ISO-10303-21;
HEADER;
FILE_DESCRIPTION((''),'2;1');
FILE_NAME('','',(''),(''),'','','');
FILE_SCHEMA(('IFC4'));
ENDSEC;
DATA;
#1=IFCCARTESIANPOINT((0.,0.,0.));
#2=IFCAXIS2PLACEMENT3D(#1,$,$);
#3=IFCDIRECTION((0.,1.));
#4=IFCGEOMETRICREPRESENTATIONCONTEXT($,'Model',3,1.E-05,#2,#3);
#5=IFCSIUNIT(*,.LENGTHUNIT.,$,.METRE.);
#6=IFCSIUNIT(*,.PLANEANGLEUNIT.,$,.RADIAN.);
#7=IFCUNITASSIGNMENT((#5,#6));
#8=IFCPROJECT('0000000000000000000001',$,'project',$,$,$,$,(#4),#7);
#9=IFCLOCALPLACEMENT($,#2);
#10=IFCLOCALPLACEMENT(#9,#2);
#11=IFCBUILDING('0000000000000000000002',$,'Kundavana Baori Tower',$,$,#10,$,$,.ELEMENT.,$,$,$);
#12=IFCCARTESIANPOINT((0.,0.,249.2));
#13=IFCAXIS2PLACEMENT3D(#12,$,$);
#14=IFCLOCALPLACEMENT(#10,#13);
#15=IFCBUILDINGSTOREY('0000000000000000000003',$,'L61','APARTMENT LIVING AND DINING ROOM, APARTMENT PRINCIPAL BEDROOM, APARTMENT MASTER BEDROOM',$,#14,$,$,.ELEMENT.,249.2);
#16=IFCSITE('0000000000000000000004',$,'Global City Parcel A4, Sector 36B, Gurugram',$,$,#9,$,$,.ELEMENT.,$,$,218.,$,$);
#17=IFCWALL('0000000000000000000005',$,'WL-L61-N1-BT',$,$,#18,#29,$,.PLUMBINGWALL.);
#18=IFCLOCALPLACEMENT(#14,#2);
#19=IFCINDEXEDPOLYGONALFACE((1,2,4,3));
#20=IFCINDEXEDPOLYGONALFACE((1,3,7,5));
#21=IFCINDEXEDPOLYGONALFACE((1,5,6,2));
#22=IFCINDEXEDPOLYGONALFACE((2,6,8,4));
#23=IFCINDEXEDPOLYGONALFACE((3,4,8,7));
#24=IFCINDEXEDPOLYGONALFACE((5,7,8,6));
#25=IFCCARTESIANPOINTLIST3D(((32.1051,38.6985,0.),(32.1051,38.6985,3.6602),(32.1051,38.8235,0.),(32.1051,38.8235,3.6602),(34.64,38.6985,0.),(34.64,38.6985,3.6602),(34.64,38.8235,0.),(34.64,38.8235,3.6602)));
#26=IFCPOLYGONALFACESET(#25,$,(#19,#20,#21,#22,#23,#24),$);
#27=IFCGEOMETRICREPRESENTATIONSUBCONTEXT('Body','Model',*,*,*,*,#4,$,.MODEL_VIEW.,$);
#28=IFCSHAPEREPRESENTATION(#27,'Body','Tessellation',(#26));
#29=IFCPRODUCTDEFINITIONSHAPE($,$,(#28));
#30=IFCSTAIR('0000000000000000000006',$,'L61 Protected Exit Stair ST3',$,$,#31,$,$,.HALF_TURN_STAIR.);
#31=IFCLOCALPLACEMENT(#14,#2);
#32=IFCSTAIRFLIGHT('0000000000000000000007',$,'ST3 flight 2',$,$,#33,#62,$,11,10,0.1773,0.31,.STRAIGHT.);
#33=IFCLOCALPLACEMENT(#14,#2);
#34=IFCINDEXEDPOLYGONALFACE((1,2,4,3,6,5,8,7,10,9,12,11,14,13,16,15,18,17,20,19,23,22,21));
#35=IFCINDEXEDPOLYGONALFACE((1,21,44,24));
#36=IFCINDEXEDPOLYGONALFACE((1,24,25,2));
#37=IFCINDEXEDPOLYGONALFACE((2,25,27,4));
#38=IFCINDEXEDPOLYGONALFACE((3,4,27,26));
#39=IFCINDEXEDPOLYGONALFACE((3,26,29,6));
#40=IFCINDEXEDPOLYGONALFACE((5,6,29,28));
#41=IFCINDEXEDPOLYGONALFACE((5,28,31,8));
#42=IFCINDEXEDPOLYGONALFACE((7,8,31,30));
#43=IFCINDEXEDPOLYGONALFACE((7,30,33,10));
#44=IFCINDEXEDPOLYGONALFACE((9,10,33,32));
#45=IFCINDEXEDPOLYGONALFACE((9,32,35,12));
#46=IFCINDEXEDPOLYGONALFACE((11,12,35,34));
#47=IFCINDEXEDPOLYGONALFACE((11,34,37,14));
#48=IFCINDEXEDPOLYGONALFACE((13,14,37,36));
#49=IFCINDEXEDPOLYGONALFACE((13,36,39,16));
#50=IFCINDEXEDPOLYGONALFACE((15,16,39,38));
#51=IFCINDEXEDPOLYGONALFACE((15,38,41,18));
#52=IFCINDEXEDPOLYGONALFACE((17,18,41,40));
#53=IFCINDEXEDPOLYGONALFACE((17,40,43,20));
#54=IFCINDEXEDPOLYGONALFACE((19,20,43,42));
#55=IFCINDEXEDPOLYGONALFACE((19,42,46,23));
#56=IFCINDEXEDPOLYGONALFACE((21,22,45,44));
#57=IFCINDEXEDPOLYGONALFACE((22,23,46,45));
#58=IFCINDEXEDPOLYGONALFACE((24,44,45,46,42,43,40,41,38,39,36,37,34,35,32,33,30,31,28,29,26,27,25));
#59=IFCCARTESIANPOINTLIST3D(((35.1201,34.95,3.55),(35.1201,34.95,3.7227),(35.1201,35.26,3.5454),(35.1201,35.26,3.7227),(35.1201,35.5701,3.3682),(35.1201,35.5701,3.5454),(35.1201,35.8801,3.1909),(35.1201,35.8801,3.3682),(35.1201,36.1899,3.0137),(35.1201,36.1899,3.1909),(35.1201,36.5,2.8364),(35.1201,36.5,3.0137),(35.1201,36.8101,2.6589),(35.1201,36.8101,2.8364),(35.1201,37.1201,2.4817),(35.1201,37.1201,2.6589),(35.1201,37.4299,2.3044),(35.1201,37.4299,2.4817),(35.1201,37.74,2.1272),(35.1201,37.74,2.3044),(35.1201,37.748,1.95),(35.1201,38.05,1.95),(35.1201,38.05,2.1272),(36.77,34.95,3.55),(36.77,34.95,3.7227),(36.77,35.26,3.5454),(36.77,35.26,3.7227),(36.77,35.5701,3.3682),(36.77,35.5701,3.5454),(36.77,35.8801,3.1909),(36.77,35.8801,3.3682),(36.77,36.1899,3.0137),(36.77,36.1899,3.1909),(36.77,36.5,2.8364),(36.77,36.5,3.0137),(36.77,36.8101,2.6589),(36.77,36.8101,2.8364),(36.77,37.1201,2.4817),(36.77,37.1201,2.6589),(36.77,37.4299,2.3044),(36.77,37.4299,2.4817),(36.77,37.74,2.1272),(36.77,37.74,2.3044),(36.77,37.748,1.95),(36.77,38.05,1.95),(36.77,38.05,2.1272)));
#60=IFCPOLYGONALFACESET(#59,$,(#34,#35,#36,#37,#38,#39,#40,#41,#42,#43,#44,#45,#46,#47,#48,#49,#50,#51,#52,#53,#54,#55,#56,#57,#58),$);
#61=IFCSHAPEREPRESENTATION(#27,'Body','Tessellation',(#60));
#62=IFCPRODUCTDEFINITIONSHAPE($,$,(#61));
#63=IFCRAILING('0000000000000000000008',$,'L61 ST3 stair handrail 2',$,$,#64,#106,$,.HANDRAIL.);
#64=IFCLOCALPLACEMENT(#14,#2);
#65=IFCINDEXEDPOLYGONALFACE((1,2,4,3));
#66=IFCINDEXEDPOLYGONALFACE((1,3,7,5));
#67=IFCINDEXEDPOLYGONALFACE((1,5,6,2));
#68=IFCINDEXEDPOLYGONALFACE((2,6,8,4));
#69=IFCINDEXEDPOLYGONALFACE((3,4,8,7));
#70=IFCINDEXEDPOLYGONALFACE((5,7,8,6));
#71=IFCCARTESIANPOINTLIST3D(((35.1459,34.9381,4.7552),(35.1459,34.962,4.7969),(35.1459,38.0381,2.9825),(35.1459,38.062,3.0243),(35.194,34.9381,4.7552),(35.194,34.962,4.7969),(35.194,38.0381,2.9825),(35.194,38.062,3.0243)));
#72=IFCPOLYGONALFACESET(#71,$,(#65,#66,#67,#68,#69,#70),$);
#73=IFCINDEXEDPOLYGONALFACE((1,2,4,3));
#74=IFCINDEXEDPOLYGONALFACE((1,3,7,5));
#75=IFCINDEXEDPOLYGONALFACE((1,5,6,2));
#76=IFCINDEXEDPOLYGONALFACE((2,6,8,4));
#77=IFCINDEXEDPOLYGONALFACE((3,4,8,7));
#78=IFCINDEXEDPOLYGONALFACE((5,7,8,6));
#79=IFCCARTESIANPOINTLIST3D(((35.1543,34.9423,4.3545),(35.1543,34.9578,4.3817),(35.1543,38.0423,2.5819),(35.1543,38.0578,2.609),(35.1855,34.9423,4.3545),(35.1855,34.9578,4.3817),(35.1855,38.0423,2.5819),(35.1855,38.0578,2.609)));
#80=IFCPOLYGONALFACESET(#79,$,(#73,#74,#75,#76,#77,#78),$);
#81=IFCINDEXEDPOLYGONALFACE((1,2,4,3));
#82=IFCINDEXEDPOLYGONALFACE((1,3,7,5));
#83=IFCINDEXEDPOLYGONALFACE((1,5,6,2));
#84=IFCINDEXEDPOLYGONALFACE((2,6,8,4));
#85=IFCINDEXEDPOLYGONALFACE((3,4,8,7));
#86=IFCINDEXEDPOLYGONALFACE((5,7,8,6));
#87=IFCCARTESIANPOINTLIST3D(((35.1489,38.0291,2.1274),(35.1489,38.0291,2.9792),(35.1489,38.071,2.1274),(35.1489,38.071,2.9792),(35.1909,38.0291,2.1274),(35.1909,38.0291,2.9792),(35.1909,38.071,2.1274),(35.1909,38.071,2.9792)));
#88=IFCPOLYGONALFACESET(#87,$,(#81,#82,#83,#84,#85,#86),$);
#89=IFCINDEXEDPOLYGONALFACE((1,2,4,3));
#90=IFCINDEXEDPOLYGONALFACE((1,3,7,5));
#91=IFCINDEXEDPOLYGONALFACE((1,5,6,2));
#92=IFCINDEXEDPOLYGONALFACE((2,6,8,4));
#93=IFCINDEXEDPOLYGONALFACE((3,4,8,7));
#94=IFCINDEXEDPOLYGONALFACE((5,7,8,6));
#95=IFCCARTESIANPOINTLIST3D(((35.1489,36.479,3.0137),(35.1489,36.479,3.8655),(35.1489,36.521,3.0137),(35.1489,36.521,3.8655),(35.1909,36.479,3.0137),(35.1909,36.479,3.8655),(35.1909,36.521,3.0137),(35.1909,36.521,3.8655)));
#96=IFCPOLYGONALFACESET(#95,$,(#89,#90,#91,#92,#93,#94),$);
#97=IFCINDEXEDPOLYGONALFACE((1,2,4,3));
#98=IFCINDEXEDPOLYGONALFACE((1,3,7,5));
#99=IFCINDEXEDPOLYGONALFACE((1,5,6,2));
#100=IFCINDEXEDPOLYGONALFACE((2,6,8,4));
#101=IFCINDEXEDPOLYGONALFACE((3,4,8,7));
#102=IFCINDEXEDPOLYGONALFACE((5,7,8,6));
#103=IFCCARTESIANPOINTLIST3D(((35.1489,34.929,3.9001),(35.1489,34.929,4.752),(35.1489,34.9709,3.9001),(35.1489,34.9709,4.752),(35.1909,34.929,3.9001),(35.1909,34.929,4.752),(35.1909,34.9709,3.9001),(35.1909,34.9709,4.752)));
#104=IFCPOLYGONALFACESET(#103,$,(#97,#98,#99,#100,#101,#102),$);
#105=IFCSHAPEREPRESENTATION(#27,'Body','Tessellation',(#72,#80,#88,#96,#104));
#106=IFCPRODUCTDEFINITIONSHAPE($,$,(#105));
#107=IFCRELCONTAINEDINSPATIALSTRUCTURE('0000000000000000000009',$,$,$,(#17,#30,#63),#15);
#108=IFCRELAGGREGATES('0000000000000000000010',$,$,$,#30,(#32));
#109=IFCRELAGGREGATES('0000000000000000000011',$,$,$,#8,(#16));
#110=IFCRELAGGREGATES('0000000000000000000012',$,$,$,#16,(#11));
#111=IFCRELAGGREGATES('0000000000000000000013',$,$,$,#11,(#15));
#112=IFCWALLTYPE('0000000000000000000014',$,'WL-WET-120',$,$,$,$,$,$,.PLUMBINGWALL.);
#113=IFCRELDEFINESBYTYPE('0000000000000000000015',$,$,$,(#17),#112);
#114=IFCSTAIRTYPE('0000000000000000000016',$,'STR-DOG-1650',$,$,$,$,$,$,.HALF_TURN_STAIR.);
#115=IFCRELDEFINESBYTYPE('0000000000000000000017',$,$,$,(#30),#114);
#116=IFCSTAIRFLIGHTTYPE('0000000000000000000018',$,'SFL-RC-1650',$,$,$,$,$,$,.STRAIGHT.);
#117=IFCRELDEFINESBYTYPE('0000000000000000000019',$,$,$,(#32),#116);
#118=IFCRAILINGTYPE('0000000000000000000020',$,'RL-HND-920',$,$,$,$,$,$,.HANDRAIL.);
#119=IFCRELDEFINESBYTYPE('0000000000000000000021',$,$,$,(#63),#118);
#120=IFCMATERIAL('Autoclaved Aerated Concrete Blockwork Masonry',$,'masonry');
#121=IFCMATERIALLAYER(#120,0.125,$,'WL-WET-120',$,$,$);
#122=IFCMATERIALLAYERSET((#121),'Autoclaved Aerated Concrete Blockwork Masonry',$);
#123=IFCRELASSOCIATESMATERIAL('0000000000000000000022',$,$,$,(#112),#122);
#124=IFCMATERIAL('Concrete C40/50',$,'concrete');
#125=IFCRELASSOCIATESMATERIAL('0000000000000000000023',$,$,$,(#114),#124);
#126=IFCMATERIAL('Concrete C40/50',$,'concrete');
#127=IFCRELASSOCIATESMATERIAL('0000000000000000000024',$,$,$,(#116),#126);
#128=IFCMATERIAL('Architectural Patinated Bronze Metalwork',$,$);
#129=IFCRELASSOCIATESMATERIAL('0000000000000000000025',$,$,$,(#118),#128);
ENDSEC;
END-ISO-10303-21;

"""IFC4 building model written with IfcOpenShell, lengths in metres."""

from ifc_helpers import new_model, si_unit, direction, frame, frame_2d, origin, origin_2d, place, context, subcontext, project, spatial, polyline, rectangle, outline, extrude, material, layer, layer_set, type_object, element, aggregate, save


model = new_model("IFC4")

# Units and contexts
model_context = context("Model", 3, precision=1e-05, world=origin(), true_north=direction((0.0, 1.0)))
body_context = subcontext(model_context, "Body", "Model", "MODEL_VIEW")
ifc_project = project(units=[si_unit("LENGTHUNIT", "METRE"), si_unit("PLANEANGLEUNIT", "RADIAN")], contexts=[model_context])

# Site, building, storey
site_placement = place(None, origin())
site = spatial("IfcSite", under=ifc_project, at=site_placement, Name="Global City Parcel A4, Sector 36B, Gurugram", CompositionType="ELEMENT", RefElevation=218.0)
building_placement = place(site_placement, origin())
building = spatial("IfcBuilding", under=site, at=building_placement, Name="Kundavana Baori Tower", CompositionType="ELEMENT")
storey_placement = place(building_placement, frame((0.0, 0.0, 249.2)))
storey = spatial("IfcBuildingStorey", under=building, at=storey_placement, Name="L61", Description="APARTMENT LIVING AND DINING ROOM, APARTMENT PRINCIPAL BEDROOM, APARTMENT MASTER BEDROOM", CompositionType="ELEMENT", Elevation=249.2)

# Wall
ifc_material_1 = material(Name="Autoclaved Aerated Concrete Blockwork Masonry", Category="masonry")
ifc_layer_1 = layer(ifc_material_1, 0.125, Name="WL-WET-120")
ifc_layer_set_1 = layer_set([ifc_layer_1], Name="Autoclaved Aerated Concrete Blockwork Masonry")
wall_type_1 = type_object("IfcWallType", Name="WL-WET-120", PredefinedType="PLUMBINGWALL", material=ifc_layer_set_1)
wall_1_placement = place(storey_placement, frame((32.105, 38.761, 0.0), z_axis=(0.0, 0.0, 1.0), x_axis=(1.0, 0.0, 0.0)))
element("IfcWall", 1, at=wall_1_placement, inside=storey, type_object=wall_type_1, Name="WL-L61-N1-BT", PredefinedType="PLUMBINGWALL", context=body_context, shape_type="SweptSolid", body=[
    extrude(rectangle(XDim=2.5349, YDim=0.125, at=frame_2d((1.2676, 0.0))), origin(), (0.0, 0.0, 1.0), 3.6602),
])

# Stair, stair flight
ifc_material_2 = material(Name="Concrete C40/50", Category="concrete")
stair_type = type_object("IfcStairType", Name="STR-DOG-1650", PredefinedType="HALF_TURN_STAIR", material=ifc_material_2)
stair_placement = place(storey_placement, origin())
stair = element("IfcStair", 2, at=stair_placement, inside=storey, type_object=stair_type, Name="L61 Protected Exit Stair ST3", PredefinedType="HALF_TURN_STAIR")
ifc_material_3 = material(Name="Concrete C40/50", Category="concrete")
stair_flight_type = type_object("IfcStairFlightType", Name="SFL-RC-1650", PredefinedType="STRAIGHT", material=ifc_material_3)
stair_flight_placement = place(storey_placement, frame((35.9451, 38.05, 1.95), z_axis=(0.0, 0.0, 1.0), x_axis=(0.0, -1.0, 0.0)))
stair_flight = element("IfcStairFlight", 3, at=stair_flight_placement, type_object=stair_flight_type, Name="ST3 flight 2", NumberOfRisers=11, NumberOfTreads=10, PredefinedType="STRAIGHT", RiserHeight=0.1773, TreadLength=0.31, context=body_context, shape_type="SweptSolid", body=[
    extrude(outline(polyline([(0.0, 0.0), (0.0, 0.1772), (0.3101, 0.1772), (0.3101, 0.3545), (0.6201, 0.3545), (0.6201, 0.5317), (0.9299, 0.5317), (0.9299, 0.709), (1.24, 0.709), (1.24, 0.8865), (1.55, 0.8865), (1.55, 1.0637), (1.8601, 1.0637), (1.8601, 1.241), (2.1699, 1.241), (2.1699, 1.4182), (2.48, 1.4182), (2.48, 1.5955), (2.79, 1.5955), (2.79, 1.7727), (3.1001, 1.7727), (3.1001, 1.95), (3.1001, 1.6001), (0.302, 0.0), (0.0, 0.0)])), frame((0.0, 0.825, 0.0), z_axis=(0.0, -1.0, 0.0), x_axis=(1.0, 0.0, 0.0)), (0.0, 0.0, 1.0), 1.6499),
])
aggregate(stair, [stair_flight])

# Railing
ifc_material_4 = material(Name="Architectural Patinated Bronze Metalwork")
railing_type = type_object("IfcRailingType", Name="RL-HND-920", PredefinedType="HANDRAIL", material=ifc_material_4)
railing_placement = place(storey_placement, frame((35.1699, 38.05, 2.1274)))
element("IfcRailing", 4, at=railing_placement, inside=storey, type_object=railing_type, Name="L61 ST3 stair handrail 2", PredefinedType="HANDRAIL", context=body_context, shape_type="SweptSolid", body=[
    extrude(rectangle(XDim=0.0481, YDim=0.0481, at=origin_2d()), frame((0.0, 0.0, 0.876), z_axis=(0.0, -0.868096, 0.496397), x_axis=(1.0, 0.0, 0.0)), (0.0, 0.0, 1.0), 3.571),
    extrude(rectangle(XDim=0.0312, YDim=0.0312, at=origin_2d()), frame((0.0, 0.0, 0.468), z_axis=(0.0, -0.868096, 0.496397), x_axis=(1.0, 0.0, 0.0)), (0.0, 0.0, 1.0), 3.571),
    extrude(rectangle(XDim=0.042, YDim=0.042, at=origin_2d()), origin(), (0.0, 0.0, 1.0), 0.8518),
    extrude(rectangle(XDim=0.042, YDim=0.042, at=origin_2d()), frame((0.0, -1.55, 0.8862)), (0.0, 0.0, 1.0), 0.8518),
    extrude(rectangle(XDim=0.042, YDim=0.042, at=origin_2d()), frame((0.0, -3.1001, 1.7727)), (0.0, 0.0, 1.0), 0.8518),
])

save(model, "model.ifc")
